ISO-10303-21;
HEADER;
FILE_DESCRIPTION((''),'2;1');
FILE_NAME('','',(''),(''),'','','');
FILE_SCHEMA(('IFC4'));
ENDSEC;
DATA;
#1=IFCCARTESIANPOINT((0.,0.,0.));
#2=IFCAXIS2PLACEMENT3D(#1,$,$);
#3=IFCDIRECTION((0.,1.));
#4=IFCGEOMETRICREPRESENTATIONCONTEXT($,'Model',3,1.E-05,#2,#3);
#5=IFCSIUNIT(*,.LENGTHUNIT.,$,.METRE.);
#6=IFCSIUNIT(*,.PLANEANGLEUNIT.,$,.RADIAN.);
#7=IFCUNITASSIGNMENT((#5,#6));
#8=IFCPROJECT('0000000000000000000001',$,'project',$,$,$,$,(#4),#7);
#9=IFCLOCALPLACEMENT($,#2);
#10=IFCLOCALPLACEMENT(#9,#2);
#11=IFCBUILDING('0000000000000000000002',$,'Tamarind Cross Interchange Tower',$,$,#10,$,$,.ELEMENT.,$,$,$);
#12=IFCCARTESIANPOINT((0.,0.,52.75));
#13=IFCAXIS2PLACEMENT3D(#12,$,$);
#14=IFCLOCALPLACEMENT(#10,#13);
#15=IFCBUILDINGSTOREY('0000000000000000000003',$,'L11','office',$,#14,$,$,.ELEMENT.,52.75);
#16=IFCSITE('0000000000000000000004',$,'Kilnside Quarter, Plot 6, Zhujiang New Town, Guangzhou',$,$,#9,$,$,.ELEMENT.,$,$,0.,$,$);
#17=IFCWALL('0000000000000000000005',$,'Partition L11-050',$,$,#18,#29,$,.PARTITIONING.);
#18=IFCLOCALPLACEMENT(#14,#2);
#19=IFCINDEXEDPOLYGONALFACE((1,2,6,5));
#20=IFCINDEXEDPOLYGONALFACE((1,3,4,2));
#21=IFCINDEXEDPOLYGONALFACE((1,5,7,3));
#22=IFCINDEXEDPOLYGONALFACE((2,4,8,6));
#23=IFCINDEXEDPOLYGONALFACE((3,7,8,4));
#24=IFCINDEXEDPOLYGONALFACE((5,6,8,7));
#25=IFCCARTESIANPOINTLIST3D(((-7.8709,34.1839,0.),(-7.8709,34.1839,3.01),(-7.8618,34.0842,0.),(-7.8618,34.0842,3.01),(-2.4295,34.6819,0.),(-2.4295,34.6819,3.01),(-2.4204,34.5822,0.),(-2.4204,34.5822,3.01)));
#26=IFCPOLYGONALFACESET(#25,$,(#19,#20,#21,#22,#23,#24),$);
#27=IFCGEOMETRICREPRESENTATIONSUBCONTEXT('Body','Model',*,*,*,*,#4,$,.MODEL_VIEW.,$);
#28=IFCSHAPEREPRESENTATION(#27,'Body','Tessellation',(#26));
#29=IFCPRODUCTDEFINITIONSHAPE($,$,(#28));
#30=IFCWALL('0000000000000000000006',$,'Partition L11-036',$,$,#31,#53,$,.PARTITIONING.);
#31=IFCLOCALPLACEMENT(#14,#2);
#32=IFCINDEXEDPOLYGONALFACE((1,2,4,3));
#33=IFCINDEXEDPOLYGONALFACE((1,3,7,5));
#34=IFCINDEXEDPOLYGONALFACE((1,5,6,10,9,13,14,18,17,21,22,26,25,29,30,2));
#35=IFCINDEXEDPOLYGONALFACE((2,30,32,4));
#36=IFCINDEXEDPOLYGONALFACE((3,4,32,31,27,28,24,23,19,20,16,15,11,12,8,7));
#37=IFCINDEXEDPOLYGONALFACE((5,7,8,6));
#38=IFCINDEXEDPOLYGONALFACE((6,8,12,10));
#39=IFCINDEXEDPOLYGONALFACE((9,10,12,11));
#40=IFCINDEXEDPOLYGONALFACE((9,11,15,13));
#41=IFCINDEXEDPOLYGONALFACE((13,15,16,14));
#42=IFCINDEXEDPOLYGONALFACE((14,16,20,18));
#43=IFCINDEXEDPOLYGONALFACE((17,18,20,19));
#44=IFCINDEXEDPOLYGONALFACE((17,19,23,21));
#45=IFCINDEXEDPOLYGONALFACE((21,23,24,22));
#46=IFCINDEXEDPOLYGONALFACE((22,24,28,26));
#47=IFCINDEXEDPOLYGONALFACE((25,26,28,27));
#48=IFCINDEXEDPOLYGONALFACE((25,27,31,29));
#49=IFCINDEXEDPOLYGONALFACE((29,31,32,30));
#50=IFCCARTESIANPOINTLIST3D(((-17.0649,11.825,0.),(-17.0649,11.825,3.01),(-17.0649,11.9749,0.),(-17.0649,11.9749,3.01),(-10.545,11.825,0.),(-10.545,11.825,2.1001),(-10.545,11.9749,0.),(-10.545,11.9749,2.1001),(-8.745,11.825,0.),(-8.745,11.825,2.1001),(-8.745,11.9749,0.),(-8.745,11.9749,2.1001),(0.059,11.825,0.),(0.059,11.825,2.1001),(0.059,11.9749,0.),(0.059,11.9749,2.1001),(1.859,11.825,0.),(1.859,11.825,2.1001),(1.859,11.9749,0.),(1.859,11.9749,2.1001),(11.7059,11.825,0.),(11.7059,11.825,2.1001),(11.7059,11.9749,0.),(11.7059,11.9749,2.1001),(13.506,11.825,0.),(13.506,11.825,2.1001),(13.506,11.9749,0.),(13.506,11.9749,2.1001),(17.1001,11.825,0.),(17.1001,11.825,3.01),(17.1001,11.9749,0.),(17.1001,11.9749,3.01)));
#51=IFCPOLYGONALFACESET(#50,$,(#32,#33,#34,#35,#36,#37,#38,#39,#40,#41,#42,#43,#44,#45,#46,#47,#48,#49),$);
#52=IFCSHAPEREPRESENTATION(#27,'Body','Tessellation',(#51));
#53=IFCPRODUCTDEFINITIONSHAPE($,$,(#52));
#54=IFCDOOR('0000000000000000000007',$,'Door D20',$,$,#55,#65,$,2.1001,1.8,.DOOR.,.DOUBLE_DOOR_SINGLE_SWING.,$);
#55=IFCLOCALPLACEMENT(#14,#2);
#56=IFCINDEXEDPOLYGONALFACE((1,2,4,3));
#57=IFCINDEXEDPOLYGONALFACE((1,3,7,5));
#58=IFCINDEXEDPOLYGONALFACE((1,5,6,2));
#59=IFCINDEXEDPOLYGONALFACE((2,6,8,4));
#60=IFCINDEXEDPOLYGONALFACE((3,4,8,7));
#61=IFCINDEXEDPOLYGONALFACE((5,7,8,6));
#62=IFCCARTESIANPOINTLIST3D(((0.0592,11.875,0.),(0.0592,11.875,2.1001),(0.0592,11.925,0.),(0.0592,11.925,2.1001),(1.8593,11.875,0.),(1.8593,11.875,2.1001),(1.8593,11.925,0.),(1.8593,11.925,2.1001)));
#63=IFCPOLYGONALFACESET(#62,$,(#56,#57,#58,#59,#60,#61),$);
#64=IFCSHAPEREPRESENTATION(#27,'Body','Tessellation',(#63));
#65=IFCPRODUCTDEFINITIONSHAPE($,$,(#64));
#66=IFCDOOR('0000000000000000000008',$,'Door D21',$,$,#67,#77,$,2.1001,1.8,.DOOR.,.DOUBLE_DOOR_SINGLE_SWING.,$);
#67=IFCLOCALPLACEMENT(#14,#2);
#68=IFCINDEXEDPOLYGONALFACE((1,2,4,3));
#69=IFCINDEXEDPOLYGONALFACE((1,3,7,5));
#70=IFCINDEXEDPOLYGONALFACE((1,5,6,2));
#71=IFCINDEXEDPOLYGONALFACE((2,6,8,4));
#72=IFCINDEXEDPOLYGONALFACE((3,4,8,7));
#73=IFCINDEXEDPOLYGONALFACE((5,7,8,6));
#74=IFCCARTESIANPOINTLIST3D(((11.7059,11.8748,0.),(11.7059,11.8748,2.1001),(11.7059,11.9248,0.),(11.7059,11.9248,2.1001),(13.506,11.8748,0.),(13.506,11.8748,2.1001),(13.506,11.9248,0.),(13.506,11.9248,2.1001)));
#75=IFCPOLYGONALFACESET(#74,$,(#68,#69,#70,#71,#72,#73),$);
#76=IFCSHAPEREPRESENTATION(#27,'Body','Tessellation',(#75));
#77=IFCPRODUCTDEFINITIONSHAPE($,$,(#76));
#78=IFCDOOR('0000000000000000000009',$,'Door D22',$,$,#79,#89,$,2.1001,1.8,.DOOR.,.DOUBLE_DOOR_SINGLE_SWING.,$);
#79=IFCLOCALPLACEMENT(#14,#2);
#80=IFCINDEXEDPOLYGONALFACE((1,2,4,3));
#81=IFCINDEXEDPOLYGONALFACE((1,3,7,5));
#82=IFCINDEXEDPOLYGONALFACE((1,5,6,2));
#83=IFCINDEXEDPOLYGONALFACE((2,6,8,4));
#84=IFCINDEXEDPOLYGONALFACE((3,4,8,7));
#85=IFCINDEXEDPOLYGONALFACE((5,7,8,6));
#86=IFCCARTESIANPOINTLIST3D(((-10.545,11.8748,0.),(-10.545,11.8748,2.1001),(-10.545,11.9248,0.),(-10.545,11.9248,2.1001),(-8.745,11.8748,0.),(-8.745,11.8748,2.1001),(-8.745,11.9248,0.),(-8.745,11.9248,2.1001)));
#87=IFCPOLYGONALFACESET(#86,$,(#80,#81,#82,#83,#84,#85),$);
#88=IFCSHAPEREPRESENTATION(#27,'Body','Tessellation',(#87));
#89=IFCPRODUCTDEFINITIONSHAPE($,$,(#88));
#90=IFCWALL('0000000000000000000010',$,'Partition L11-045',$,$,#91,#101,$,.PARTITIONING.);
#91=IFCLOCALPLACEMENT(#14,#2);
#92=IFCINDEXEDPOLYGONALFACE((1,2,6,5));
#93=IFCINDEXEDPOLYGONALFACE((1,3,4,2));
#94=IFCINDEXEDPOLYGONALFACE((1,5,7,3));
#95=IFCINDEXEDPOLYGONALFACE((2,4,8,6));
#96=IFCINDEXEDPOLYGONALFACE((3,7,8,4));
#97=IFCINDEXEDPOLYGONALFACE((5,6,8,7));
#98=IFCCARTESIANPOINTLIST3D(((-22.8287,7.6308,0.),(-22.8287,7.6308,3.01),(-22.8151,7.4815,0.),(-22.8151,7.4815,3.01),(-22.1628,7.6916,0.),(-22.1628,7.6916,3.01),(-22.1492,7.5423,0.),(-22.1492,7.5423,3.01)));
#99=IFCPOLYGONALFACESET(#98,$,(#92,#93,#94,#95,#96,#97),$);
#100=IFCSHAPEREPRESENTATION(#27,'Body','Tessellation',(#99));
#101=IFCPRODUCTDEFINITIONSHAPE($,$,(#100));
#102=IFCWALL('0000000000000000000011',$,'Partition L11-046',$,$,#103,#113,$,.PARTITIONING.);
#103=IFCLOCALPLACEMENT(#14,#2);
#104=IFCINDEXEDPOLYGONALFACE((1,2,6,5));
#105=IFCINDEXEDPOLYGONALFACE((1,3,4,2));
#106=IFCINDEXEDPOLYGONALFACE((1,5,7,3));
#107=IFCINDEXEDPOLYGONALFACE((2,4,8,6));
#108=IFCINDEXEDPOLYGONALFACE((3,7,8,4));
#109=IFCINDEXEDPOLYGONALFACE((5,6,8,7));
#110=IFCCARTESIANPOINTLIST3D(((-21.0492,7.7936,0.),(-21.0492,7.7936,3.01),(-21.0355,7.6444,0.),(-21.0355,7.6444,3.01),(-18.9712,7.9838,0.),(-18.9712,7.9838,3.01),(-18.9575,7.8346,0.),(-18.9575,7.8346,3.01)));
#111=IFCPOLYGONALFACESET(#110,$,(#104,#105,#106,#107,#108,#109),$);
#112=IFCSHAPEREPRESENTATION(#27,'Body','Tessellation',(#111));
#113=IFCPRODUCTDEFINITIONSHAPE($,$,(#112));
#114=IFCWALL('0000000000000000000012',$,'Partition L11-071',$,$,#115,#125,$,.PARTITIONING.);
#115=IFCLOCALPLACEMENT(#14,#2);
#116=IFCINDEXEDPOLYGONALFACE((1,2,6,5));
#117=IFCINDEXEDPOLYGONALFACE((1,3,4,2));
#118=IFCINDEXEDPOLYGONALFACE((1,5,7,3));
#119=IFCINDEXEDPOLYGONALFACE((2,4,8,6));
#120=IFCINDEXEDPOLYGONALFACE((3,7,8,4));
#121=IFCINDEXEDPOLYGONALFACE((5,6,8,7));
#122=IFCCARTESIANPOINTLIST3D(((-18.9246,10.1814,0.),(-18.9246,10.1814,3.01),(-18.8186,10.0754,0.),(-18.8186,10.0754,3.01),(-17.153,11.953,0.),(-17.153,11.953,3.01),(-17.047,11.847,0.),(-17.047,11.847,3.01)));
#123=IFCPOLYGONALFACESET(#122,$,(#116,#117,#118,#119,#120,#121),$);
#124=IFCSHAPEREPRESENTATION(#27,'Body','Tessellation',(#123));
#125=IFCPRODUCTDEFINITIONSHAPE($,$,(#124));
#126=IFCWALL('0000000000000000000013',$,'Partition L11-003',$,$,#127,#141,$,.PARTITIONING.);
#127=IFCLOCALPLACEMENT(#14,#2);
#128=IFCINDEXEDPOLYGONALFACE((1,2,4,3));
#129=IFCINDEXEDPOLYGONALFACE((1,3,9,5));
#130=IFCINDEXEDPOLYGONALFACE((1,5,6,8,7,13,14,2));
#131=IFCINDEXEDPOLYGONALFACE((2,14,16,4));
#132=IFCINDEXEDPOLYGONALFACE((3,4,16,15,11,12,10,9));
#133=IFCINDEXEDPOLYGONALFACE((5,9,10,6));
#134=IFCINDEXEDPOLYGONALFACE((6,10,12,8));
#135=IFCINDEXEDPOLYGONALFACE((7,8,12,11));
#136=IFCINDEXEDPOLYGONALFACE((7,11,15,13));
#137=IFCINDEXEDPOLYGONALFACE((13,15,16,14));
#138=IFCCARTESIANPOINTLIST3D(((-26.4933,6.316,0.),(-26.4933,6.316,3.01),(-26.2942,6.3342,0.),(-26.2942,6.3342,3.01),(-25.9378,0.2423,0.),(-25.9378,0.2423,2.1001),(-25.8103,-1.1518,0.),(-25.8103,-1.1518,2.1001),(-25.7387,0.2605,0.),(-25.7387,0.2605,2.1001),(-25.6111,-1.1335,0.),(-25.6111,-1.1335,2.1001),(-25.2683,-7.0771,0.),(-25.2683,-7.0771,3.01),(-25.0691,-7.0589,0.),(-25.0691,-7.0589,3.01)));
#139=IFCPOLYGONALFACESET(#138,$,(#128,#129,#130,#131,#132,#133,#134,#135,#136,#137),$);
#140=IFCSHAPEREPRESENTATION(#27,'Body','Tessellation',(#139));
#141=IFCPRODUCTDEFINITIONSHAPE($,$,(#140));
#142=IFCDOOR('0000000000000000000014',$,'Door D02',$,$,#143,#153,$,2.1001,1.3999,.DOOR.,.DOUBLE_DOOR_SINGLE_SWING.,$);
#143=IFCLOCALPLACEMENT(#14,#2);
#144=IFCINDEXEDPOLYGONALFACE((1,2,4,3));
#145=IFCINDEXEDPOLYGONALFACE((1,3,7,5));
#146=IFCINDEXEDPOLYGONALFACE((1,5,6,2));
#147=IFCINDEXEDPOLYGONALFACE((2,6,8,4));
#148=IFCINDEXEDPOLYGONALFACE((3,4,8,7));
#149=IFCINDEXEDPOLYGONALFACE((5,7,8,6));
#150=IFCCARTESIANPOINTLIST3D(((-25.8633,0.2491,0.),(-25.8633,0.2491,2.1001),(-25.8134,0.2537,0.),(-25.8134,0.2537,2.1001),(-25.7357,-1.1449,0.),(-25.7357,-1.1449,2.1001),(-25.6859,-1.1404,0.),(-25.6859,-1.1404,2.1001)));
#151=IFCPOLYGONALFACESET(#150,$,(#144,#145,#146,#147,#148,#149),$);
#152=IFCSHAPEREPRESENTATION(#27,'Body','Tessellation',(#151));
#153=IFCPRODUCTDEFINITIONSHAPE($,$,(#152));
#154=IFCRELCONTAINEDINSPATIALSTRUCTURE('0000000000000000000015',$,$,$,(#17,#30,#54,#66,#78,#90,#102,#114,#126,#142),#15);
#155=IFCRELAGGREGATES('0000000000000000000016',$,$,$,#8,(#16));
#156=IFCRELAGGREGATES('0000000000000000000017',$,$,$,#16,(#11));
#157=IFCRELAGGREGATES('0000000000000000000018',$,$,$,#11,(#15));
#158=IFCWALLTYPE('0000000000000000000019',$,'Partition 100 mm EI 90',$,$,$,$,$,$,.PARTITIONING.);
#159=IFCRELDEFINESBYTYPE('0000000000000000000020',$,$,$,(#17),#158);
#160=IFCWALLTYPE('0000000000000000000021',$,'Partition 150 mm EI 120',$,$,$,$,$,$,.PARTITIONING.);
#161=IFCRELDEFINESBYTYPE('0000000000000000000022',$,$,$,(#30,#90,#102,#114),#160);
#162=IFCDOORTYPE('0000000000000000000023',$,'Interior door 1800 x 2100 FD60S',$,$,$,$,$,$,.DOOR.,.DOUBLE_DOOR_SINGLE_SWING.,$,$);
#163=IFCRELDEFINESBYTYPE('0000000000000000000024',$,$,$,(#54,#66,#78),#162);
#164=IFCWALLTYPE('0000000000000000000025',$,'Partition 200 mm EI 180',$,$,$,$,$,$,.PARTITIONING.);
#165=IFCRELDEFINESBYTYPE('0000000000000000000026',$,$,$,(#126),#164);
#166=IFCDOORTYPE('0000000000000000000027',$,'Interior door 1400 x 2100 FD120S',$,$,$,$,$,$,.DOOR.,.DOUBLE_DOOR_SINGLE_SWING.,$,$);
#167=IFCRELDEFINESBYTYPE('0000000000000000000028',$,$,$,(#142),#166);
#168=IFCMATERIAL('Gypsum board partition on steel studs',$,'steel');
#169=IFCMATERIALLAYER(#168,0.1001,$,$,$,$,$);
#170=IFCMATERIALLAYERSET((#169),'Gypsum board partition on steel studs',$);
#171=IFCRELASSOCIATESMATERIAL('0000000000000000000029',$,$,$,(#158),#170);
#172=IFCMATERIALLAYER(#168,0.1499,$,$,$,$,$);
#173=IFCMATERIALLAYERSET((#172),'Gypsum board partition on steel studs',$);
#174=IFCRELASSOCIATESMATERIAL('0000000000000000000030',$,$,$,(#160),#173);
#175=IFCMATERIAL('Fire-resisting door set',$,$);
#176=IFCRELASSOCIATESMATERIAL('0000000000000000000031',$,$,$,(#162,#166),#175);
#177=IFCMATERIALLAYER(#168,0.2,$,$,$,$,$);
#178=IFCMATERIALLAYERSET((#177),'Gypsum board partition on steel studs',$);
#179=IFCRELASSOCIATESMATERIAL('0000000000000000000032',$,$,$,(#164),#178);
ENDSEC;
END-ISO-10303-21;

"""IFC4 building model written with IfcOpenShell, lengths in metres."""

from ifc_helpers import new_model, si_unit, direction, frame, frame_2d, origin, place, context, subcontext, project, spatial, rectangle, extrude, material, layer, layer_set, type_object, element, fill, save


model = new_model("IFC4")

# Units and contexts
model_context = context("Model", 3, precision=1e-05, world=origin(), true_north=direction((0.0, 1.0)))
body_context = subcontext(model_context, "Body", "Model", "MODEL_VIEW")
ifc_project = project(units=[si_unit("LENGTHUNIT", "METRE"), si_unit("PLANEANGLEUNIT", "RADIAN")], contexts=[model_context])

# Site, building, storey
site_placement = place(None, origin())
site = spatial("IfcSite", under=ifc_project, at=site_placement, Name="Kilnside Quarter, Plot 6, Zhujiang New Town, Guangzhou", CompositionType="ELEMENT", RefElevation=0.0)
building_placement = place(site_placement, origin())
building = spatial("IfcBuilding", under=site, at=building_placement, Name="Tamarind Cross Interchange Tower", CompositionType="ELEMENT")
storey_placement = place(building_placement, frame((0.0, 0.0, 52.75)))
storey = spatial("IfcBuildingStorey", under=building, at=storey_placement, Name="L11", Description="office", CompositionType="ELEMENT", Elevation=52.75)

# Wall
ifc_material_1 = material(Name="Gypsum board partition on steel studs", Category="steel")
ifc_layer_1 = layer(ifc_material_1, 0.1001)
ifc_layer_set_1 = layer_set([ifc_layer_1], Name="Gypsum board partition on steel studs")
wall_type_1 = type_object("IfcWallType", Name="Partition 100 mm EI 90", PredefinedType="PARTITIONING", material=ifc_layer_set_1)
wall_1_placement = place(storey_placement, frame((-7.8662, 34.134, 0.0), z_axis=(0.0, 0.0, 1.0), x_axis=(0.995837, 0.091148, 0.0)))
element("IfcWall", 1, at=wall_1_placement, inside=storey, type_object=wall_type_1, Name="Partition L11-050", PredefinedType="PARTITIONING", context=body_context, shape_type="SweptSolid", body=[
    extrude(rectangle(XDim=5.4641, YDim=0.1001, at=frame_2d((2.7319, 0.0))), origin(), (0.0, 0.0, 1.0), 3.01),
])

# Wall, openings, doors
ifc_layer_2 = layer(ifc_material_1, 0.1499)
ifc_layer_set_2 = layer_set([ifc_layer_2], Name="Gypsum board partition on steel studs")
wall_type_2 = type_object("IfcWallType", Name="Partition 150 mm EI 120", PredefinedType="PARTITIONING", material=ifc_layer_set_2)
wall_2_placement = place(storey_placement, frame((-17.0649, 11.8999, 0.0), z_axis=(0.0, 0.0, 1.0), x_axis=(1.0, 0.0, 0.0)))
wall_2 = element("IfcWall", 2, at=wall_2_placement, inside=storey, type_object=wall_type_2, Name="Partition L11-036", PredefinedType="PARTITIONING", context=body_context, shape_type="SweptSolid", body=[
    extrude(rectangle(XDim=34.165, YDim=0.1499, at=frame_2d((17.0825, 0.0))), origin(), (0.0, 0.0, 1.0), 3.01),
])
opening_1_placement = place(wall_2_placement, frame((17.124, 0.0, 0.0)))
opening_1 = element("IfcOpeningElement", 3, at=opening_1_placement, cuts=wall_2, PredefinedType="OPENING", context=body_context, shape_type="SweptSolid", body=[
    extrude(rectangle(XDim=1.8, YDim=2.1001, at=frame_2d((0.8999, 1.05))), frame((0.0, 0.085, 0.0), z_axis=(0.0, -1.0, 0.0), x_axis=(1.0, 0.0, 0.0)), (0.0, 0.0, 1.0), 0.1699),
])
opening_2_placement = place(wall_2_placement, frame((28.771, 0.0, 0.0)))
opening_2 = element("IfcOpeningElement", 4, at=opening_2_placement, cuts=wall_2, PredefinedType="OPENING", context=body_context, shape_type="SweptSolid", body=[
    extrude(rectangle(XDim=1.8, YDim=2.1001, at=frame_2d((0.8999, 1.05))), frame((0.0, 0.085, 0.0), z_axis=(0.0, -1.0, 0.0), x_axis=(1.0, 0.0, 0.0)), (0.0, 0.0, 1.0), 0.1699),
])
opening_3_placement = place(wall_2_placement, frame((6.52, 0.0, 0.0)))
opening_3 = element("IfcOpeningElement", 5, at=opening_3_placement, cuts=wall_2, PredefinedType="OPENING", context=body_context, shape_type="SweptSolid", body=[
    extrude(rectangle(XDim=1.8, YDim=2.1001, at=frame_2d((0.8999, 1.05))), frame((0.0, 0.085, 0.0), z_axis=(0.0, -1.0, 0.0), x_axis=(1.0, 0.0, 0.0)), (0.0, 0.0, 1.0), 0.1699),
])
ifc_material_2 = material(Name="Fire-resisting door set")
door_type_1 = type_object("IfcDoorType", Name="Interior door 1800 x 2100 FD60S", OperationType="DOUBLE_DOOR_SINGLE_SWING", PredefinedType="DOOR", material=ifc_material_2)
door_1_placement = place(opening_1_placement, frame((1.8, 0.0, 0.0), z_axis=(0.0, 0.0, 1.0), x_axis=(-1.0, 0.0, 0.0)))
door_1 = element("IfcDoor", 6, at=door_1_placement, inside=storey, type_object=door_type_1, Name="Door D20", OperationType="DOUBLE_DOOR_SINGLE_SWING", OverallHeight=2.1001, OverallWidth=1.8, PredefinedType="DOOR", context=body_context, shape_type="SweptSolid", body=[
    extrude(rectangle(XDim=1.8, YDim=2.1001, at=frame_2d((0.8999, 1.05))), frame((0.0, 0.0249, 0.0), z_axis=(0.0, -1.0, 0.0), x_axis=(1.0, 0.0, 0.0)), (0.0, 0.0, 1.0), 0.05),
])
fill(opening_1, door_1)
door_2_placement = place(opening_2_placement, origin())
door_2 = element("IfcDoor", 7, at=door_2_placement, inside=storey, type_object=door_type_1, Name="Door D21", OperationType="DOUBLE_DOOR_SINGLE_SWING", OverallHeight=2.1001, OverallWidth=1.8, PredefinedType="DOOR", context=body_context, shape_type="SweptSolid", body=[
    extrude(rectangle(XDim=1.8, YDim=2.1001, at=frame_2d((0.8999, 1.05))), frame((0.0, 0.0249, 0.0), z_axis=(0.0, -1.0, 0.0), x_axis=(1.0, 0.0, 0.0)), (0.0, 0.0, 1.0), 0.05),
])
fill(opening_2, door_2)
door_3_placement = place(opening_3_placement, origin())
door_3 = element("IfcDoor", 8, at=door_3_placement, inside=storey, type_object=door_type_1, Name="Door D22", OperationType="DOUBLE_DOOR_SINGLE_SWING", OverallHeight=2.1001, OverallWidth=1.8, PredefinedType="DOOR", context=body_context, shape_type="SweptSolid", body=[
    extrude(rectangle(XDim=1.8, YDim=2.1001, at=frame_2d((0.8999, 1.05))), frame((0.0, 0.0249, 0.0), z_axis=(0.0, -1.0, 0.0), x_axis=(1.0, 0.0, 0.0)), (0.0, 0.0, 1.0), 0.05),
])
fill(opening_3, door_3)

# Walls
wall_3_placement = place(storey_placement, frame((-22.822, 7.5562, 0.0), z_axis=(0.0, 0.0, 1.0), x_axis=(0.99586, 0.090898, 0.0)))
element("IfcWall", 9, at=wall_3_placement, inside=storey, type_object=wall_type_2, Name="Partition L11-045", PredefinedType="PARTITIONING", context=body_context, shape_type="SweptSolid", body=[
    extrude(rectangle(XDim=0.6687, YDim=0.1499, at=frame_2d((0.3345, 0.0))), origin(), (0.0, 0.0, 1.0), 3.01),
])
wall_4_placement = place(storey_placement, frame((-21.0425, 7.719, 0.0), z_axis=(0.0, 0.0, 1.0), x_axis=(0.995837, 0.091148, 0.0)))
element("IfcWall", 10, at=wall_4_placement, inside=storey, type_object=wall_type_2, Name="Partition L11-046", PredefinedType="PARTITIONING", context=body_context, shape_type="SweptSolid", body=[
    extrude(rectangle(XDim=2.0867, YDim=0.1499, at=frame_2d((1.0435, 0.0))), origin(), (0.0, 0.0, 1.0), 3.01),
])
wall_5_placement = place(storey_placement, frame((-18.8716, 10.1284, 0.0), z_axis=(0.0, 0.0, 1.0), x_axis=(0.707107, 0.707107, 0.0)))
element("IfcWall", 11, at=wall_5_placement, inside=storey, type_object=wall_type_2, Name="Partition L11-071", PredefinedType="PARTITIONING", context=body_context, shape_type="SweptSolid", body=[
    extrude(rectangle(XDim=2.5054, YDim=0.1499, at=frame_2d((1.2527, 0.0))), origin(), (0.0, 0.0, 1.0), 3.01),
])

# Wall, opening, door
ifc_layer_3 = layer(ifc_material_1, 0.2)
ifc_layer_set_3 = layer_set([ifc_layer_3], Name="Gypsum board partition on steel studs")
wall_type_3 = type_object("IfcWallType", Name="Partition 200 mm EI 180", PredefinedType="PARTITIONING", material=ifc_layer_set_3)
wall_6_placement = place(storey_placement, frame((-26.3938, 6.3252, 0.0), z_axis=(0.0, 0.0, 1.0), x_axis=(0.091092, -0.995842, 0.0)))
wall_6 = element("IfcWall", 12, at=wall_6_placement, inside=storey, type_object=wall_type_3, Name="Partition L11-003", PredefinedType="PARTITIONING", context=body_context, shape_type="SweptSolid", body=[
    extrude(rectangle(XDim=13.449, YDim=0.2, at=frame_2d((6.7246, 0.0))), origin(), (0.0, 0.0, 1.0), 3.01),
])
opening_4_placement = place(wall_6_placement, frame((6.0991, 0.0, 0.0)))
opening_4 = element("IfcOpeningElement", 13, at=opening_4_placement, cuts=wall_6, PredefinedType="OPENING", context=body_context, shape_type="SweptSolid", body=[
    extrude(rectangle(XDim=1.3999, YDim=2.1001, at=frame_2d((0.7, 1.05))), frame((0.0, 0.1099, 0.0), z_axis=(0.0, -1.0, 0.0), x_axis=(1.0, 0.0, 0.0)), (0.0, 0.0, 1.0), 0.22),
])
door_type_2 = type_object("IfcDoorType", Name="Interior door 1400 x 2100 FD120S", OperationType="DOUBLE_DOOR_SINGLE_SWING", PredefinedType="DOOR", material=ifc_material_2)
door_4_placement = place(opening_4_placement, origin())
door_4 = element("IfcDoor", 14, at=door_4_placement, inside=storey, type_object=door_type_2, Name="Door D02", OperationType="DOUBLE_DOOR_SINGLE_SWING", OverallHeight=2.1001, OverallWidth=1.3999, PredefinedType="DOOR", context=body_context, shape_type="SweptSolid", body=[
    extrude(rectangle(XDim=1.3999, YDim=2.1001, at=frame_2d((0.7, 1.05))), frame((0.0, 0.0249, 0.0), z_axis=(0.0, -1.0, 0.0), x_axis=(1.0, 0.0, 0.0)), (0.0, 0.0, 1.0), 0.05),
])
fill(opening_4, door_4)

save(model, "model.ifc")
